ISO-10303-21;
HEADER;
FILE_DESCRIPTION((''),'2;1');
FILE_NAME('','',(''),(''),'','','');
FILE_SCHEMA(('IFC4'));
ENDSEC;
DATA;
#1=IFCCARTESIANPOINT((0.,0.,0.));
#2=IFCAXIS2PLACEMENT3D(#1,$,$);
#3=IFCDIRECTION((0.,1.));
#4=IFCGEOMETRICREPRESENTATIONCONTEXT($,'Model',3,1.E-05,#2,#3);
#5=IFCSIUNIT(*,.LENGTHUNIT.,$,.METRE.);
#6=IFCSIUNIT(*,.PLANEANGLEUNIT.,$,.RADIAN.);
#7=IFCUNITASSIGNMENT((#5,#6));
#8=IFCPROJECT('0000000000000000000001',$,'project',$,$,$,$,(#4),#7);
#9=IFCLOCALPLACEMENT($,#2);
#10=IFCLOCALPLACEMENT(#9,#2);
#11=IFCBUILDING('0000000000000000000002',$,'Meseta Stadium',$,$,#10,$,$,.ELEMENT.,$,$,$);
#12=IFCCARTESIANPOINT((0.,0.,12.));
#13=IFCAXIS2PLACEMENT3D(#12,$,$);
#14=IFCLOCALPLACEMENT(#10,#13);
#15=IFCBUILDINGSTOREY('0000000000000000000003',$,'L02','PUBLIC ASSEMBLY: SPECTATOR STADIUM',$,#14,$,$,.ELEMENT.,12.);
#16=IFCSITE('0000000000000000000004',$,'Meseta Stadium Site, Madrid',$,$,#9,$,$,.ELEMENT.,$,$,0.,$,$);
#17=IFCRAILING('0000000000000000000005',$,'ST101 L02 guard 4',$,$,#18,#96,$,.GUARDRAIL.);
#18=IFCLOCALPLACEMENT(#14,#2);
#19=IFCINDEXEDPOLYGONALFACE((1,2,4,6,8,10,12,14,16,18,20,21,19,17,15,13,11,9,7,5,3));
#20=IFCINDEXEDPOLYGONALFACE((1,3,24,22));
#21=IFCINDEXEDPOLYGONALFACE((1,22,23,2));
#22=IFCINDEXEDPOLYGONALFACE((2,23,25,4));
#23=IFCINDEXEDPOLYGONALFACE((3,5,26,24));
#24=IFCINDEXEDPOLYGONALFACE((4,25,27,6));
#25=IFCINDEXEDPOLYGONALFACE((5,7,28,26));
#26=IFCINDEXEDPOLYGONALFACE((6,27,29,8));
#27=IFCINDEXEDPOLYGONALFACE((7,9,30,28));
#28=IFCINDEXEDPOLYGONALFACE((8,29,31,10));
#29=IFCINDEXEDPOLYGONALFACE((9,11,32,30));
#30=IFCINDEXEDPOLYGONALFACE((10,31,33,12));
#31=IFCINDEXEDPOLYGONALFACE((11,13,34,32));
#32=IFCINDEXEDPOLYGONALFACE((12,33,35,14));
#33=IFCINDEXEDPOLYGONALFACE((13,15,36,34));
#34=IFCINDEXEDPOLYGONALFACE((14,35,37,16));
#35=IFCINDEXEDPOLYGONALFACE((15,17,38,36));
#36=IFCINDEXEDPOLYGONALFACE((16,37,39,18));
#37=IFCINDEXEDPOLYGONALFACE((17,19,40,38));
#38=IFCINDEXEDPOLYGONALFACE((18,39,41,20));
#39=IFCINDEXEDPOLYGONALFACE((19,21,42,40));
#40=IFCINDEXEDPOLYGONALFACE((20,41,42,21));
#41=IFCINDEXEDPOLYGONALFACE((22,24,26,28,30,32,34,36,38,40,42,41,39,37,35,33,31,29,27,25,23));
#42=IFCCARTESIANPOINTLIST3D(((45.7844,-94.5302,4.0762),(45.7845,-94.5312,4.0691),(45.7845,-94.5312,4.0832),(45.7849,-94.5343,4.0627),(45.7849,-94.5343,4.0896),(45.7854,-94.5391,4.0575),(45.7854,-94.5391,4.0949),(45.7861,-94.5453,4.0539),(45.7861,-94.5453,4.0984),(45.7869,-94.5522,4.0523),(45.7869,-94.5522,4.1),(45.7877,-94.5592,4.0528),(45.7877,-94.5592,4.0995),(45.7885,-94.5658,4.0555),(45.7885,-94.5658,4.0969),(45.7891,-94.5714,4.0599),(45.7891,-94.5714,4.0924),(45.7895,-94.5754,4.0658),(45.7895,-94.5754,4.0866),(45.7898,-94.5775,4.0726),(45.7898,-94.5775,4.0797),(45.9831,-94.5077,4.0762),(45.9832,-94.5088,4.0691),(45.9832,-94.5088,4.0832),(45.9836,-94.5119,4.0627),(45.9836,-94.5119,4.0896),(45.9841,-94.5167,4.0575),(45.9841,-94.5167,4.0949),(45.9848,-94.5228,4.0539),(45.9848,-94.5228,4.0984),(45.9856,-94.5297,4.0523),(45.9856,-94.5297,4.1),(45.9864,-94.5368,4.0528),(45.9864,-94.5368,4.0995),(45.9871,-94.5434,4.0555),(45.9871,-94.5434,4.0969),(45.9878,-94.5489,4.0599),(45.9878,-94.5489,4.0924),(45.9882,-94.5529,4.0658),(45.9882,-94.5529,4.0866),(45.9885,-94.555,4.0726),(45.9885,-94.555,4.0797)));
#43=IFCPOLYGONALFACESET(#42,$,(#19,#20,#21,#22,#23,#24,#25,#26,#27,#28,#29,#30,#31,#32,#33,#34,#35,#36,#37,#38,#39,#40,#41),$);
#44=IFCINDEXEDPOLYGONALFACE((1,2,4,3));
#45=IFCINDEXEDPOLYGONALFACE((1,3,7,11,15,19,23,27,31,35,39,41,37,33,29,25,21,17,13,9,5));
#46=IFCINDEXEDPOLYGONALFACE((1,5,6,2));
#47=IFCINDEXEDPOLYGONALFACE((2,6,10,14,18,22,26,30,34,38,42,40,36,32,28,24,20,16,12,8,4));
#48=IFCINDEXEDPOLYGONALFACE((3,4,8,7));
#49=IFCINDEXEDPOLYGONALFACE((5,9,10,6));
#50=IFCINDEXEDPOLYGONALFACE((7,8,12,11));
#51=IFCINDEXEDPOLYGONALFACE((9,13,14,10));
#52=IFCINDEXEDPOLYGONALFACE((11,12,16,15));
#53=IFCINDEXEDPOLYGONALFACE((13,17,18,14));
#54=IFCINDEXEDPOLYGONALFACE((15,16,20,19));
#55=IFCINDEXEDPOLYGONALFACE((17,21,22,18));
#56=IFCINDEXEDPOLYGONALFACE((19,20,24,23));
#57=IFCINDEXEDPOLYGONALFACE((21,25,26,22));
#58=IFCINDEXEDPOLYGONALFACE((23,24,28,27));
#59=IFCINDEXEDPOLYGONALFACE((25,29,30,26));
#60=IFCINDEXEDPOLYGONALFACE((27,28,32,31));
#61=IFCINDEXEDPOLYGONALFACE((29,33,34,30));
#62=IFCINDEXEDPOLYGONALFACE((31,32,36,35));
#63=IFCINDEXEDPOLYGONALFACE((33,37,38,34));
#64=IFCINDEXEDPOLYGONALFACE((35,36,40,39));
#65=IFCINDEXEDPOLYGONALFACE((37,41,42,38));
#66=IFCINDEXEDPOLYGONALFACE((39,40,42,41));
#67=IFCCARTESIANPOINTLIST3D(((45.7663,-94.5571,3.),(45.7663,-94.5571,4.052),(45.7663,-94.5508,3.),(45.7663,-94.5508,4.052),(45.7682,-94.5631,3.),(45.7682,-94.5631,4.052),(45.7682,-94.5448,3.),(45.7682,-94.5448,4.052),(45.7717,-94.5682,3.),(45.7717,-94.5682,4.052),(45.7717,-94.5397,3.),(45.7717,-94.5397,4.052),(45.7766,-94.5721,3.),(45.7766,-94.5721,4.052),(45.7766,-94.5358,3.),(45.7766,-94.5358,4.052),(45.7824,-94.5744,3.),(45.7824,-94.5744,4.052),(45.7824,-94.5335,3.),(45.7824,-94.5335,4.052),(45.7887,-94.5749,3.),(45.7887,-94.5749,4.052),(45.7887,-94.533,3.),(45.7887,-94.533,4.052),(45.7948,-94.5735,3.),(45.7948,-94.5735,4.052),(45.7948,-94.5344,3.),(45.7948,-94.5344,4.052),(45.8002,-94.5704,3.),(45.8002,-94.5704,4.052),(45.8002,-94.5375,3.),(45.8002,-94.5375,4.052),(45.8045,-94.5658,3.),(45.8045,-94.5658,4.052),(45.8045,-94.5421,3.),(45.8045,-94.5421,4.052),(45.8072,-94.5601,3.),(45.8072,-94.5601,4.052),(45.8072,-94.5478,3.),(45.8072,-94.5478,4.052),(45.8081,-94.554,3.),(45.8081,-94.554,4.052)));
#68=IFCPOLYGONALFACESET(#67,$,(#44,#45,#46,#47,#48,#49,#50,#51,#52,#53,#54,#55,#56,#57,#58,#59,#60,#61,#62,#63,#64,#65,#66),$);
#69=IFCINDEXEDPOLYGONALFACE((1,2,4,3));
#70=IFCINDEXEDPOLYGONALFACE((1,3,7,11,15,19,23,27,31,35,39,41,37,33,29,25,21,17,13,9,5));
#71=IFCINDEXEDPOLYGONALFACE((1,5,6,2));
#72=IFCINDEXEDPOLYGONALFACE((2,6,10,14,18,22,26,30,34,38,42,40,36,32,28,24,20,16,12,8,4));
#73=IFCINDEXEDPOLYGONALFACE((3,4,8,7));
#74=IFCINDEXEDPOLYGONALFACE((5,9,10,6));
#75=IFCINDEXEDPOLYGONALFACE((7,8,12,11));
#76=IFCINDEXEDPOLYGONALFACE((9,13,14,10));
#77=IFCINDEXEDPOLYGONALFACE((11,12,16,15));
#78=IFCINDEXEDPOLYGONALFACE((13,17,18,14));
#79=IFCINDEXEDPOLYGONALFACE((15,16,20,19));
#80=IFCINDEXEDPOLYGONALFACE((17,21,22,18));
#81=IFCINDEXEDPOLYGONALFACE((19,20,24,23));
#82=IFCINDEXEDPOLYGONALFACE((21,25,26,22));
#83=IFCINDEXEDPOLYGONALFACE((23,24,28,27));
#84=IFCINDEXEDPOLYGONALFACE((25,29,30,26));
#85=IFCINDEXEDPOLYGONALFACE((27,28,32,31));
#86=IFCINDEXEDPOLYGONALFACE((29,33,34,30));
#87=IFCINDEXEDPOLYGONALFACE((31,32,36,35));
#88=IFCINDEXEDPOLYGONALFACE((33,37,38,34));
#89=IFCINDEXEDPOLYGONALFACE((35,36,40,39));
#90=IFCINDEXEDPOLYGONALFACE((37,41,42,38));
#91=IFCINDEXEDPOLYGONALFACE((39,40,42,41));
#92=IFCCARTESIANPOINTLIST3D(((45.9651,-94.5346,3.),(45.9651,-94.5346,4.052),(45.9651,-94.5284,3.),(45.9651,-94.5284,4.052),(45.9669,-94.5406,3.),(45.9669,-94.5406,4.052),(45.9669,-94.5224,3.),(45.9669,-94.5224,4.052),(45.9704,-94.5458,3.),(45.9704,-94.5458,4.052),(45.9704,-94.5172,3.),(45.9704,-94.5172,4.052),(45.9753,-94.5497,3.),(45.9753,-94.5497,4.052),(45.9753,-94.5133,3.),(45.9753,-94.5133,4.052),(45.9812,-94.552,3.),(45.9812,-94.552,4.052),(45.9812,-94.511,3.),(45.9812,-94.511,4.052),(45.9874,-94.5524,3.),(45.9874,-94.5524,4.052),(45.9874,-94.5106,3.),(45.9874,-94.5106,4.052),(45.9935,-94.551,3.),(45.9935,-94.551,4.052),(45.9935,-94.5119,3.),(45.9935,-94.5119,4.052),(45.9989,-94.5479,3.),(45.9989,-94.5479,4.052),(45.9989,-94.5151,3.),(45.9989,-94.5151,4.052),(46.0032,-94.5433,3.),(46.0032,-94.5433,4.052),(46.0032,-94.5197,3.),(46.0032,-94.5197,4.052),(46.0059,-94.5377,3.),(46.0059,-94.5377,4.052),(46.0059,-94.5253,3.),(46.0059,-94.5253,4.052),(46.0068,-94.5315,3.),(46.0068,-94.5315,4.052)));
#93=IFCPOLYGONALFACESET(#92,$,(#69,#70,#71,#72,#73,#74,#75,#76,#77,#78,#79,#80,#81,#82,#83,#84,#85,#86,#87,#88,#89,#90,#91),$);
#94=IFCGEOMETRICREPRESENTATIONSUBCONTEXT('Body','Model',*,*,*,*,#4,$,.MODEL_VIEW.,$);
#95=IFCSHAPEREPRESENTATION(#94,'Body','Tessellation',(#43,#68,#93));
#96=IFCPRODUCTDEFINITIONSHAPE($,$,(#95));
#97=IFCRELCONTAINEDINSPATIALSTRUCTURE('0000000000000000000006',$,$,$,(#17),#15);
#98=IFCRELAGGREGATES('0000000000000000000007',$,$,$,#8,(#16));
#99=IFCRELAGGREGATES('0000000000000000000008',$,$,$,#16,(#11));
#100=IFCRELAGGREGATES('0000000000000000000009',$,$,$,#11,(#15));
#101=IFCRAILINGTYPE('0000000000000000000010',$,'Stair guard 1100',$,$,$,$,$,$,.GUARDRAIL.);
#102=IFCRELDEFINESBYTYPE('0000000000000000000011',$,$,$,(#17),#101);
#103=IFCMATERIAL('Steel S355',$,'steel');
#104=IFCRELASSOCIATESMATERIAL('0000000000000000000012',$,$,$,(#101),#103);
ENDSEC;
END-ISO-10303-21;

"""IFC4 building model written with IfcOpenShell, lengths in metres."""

from ifc_helpers import new_model, si_unit, direction, frame, origin, origin_2d, place, context, subcontext, project, spatial, circle, extrude, material, type_object, element, save


model = new_model("IFC4")

# Units and contexts
model_context = context("Model", 3, precision=1e-05, world=origin(), true_north=direction((0.0, 1.0)))
body_context = subcontext(model_context, "Body", "Model", "MODEL_VIEW")
ifc_project = project(units=[si_unit("LENGTHUNIT", "METRE"), si_unit("PLANEANGLEUNIT", "RADIAN")], contexts=[model_context])

# Site, building, storey
site_placement = place(None, origin())
site = spatial("IfcSite", under=ifc_project, at=site_placement, Name="Meseta Stadium Site, Madrid", CompositionType="ELEMENT", RefElevation=0.0)
building_placement = place(site_placement, origin())
building = spatial("IfcBuilding", under=site, at=building_placement, Name="Meseta Stadium", CompositionType="ELEMENT")
storey_placement = place(building_placement, frame((0.0, 0.0, 12.0)))
storey = spatial("IfcBuildingStorey", under=building, at=storey_placement, Name="L02", Description="PUBLIC ASSEMBLY: SPECTATOR STADIUM", CompositionType="ELEMENT", Elevation=12.0)

# Railing
ifc_material_1 = material(Name="Steel S355", Category="steel")
railing_type_1 = type_object("IfcRailingType", Name="Stair guard 1100", PredefinedType="GUARDRAIL", material=ifc_material_1)
railing_1_placement = place(storey_placement, frame((45.7871, -94.554, 3.0)))
element("IfcRailing", 1, at=railing_1_placement, inside=storey, type_object=railing_type_1, Name="ST101 L02 guard 4", PredefinedType="GUARDRAIL", context=body_context, shape_type="SweptSolid", body=[
    extrude(circle(Radius=0.0239, at=origin_2d()), frame((0.0, 0.0, 1.0762), z_axis=(0.993674, 0.112307, 0.0), x_axis=(-0.112307, 0.993674, 0.0)), (0.0, 0.0, 1.0), 0.2),
    extrude(circle(Radius=0.021, at=origin_2d()), origin(), (0.0, 0.0, 1.0), 1.052),
    extrude(circle(Radius=0.021, at=origin_2d()), frame((0.1987, 0.0225, 0.0)), (0.0, 0.0, 1.0), 1.052),
])

save(model, "model.ifc")
